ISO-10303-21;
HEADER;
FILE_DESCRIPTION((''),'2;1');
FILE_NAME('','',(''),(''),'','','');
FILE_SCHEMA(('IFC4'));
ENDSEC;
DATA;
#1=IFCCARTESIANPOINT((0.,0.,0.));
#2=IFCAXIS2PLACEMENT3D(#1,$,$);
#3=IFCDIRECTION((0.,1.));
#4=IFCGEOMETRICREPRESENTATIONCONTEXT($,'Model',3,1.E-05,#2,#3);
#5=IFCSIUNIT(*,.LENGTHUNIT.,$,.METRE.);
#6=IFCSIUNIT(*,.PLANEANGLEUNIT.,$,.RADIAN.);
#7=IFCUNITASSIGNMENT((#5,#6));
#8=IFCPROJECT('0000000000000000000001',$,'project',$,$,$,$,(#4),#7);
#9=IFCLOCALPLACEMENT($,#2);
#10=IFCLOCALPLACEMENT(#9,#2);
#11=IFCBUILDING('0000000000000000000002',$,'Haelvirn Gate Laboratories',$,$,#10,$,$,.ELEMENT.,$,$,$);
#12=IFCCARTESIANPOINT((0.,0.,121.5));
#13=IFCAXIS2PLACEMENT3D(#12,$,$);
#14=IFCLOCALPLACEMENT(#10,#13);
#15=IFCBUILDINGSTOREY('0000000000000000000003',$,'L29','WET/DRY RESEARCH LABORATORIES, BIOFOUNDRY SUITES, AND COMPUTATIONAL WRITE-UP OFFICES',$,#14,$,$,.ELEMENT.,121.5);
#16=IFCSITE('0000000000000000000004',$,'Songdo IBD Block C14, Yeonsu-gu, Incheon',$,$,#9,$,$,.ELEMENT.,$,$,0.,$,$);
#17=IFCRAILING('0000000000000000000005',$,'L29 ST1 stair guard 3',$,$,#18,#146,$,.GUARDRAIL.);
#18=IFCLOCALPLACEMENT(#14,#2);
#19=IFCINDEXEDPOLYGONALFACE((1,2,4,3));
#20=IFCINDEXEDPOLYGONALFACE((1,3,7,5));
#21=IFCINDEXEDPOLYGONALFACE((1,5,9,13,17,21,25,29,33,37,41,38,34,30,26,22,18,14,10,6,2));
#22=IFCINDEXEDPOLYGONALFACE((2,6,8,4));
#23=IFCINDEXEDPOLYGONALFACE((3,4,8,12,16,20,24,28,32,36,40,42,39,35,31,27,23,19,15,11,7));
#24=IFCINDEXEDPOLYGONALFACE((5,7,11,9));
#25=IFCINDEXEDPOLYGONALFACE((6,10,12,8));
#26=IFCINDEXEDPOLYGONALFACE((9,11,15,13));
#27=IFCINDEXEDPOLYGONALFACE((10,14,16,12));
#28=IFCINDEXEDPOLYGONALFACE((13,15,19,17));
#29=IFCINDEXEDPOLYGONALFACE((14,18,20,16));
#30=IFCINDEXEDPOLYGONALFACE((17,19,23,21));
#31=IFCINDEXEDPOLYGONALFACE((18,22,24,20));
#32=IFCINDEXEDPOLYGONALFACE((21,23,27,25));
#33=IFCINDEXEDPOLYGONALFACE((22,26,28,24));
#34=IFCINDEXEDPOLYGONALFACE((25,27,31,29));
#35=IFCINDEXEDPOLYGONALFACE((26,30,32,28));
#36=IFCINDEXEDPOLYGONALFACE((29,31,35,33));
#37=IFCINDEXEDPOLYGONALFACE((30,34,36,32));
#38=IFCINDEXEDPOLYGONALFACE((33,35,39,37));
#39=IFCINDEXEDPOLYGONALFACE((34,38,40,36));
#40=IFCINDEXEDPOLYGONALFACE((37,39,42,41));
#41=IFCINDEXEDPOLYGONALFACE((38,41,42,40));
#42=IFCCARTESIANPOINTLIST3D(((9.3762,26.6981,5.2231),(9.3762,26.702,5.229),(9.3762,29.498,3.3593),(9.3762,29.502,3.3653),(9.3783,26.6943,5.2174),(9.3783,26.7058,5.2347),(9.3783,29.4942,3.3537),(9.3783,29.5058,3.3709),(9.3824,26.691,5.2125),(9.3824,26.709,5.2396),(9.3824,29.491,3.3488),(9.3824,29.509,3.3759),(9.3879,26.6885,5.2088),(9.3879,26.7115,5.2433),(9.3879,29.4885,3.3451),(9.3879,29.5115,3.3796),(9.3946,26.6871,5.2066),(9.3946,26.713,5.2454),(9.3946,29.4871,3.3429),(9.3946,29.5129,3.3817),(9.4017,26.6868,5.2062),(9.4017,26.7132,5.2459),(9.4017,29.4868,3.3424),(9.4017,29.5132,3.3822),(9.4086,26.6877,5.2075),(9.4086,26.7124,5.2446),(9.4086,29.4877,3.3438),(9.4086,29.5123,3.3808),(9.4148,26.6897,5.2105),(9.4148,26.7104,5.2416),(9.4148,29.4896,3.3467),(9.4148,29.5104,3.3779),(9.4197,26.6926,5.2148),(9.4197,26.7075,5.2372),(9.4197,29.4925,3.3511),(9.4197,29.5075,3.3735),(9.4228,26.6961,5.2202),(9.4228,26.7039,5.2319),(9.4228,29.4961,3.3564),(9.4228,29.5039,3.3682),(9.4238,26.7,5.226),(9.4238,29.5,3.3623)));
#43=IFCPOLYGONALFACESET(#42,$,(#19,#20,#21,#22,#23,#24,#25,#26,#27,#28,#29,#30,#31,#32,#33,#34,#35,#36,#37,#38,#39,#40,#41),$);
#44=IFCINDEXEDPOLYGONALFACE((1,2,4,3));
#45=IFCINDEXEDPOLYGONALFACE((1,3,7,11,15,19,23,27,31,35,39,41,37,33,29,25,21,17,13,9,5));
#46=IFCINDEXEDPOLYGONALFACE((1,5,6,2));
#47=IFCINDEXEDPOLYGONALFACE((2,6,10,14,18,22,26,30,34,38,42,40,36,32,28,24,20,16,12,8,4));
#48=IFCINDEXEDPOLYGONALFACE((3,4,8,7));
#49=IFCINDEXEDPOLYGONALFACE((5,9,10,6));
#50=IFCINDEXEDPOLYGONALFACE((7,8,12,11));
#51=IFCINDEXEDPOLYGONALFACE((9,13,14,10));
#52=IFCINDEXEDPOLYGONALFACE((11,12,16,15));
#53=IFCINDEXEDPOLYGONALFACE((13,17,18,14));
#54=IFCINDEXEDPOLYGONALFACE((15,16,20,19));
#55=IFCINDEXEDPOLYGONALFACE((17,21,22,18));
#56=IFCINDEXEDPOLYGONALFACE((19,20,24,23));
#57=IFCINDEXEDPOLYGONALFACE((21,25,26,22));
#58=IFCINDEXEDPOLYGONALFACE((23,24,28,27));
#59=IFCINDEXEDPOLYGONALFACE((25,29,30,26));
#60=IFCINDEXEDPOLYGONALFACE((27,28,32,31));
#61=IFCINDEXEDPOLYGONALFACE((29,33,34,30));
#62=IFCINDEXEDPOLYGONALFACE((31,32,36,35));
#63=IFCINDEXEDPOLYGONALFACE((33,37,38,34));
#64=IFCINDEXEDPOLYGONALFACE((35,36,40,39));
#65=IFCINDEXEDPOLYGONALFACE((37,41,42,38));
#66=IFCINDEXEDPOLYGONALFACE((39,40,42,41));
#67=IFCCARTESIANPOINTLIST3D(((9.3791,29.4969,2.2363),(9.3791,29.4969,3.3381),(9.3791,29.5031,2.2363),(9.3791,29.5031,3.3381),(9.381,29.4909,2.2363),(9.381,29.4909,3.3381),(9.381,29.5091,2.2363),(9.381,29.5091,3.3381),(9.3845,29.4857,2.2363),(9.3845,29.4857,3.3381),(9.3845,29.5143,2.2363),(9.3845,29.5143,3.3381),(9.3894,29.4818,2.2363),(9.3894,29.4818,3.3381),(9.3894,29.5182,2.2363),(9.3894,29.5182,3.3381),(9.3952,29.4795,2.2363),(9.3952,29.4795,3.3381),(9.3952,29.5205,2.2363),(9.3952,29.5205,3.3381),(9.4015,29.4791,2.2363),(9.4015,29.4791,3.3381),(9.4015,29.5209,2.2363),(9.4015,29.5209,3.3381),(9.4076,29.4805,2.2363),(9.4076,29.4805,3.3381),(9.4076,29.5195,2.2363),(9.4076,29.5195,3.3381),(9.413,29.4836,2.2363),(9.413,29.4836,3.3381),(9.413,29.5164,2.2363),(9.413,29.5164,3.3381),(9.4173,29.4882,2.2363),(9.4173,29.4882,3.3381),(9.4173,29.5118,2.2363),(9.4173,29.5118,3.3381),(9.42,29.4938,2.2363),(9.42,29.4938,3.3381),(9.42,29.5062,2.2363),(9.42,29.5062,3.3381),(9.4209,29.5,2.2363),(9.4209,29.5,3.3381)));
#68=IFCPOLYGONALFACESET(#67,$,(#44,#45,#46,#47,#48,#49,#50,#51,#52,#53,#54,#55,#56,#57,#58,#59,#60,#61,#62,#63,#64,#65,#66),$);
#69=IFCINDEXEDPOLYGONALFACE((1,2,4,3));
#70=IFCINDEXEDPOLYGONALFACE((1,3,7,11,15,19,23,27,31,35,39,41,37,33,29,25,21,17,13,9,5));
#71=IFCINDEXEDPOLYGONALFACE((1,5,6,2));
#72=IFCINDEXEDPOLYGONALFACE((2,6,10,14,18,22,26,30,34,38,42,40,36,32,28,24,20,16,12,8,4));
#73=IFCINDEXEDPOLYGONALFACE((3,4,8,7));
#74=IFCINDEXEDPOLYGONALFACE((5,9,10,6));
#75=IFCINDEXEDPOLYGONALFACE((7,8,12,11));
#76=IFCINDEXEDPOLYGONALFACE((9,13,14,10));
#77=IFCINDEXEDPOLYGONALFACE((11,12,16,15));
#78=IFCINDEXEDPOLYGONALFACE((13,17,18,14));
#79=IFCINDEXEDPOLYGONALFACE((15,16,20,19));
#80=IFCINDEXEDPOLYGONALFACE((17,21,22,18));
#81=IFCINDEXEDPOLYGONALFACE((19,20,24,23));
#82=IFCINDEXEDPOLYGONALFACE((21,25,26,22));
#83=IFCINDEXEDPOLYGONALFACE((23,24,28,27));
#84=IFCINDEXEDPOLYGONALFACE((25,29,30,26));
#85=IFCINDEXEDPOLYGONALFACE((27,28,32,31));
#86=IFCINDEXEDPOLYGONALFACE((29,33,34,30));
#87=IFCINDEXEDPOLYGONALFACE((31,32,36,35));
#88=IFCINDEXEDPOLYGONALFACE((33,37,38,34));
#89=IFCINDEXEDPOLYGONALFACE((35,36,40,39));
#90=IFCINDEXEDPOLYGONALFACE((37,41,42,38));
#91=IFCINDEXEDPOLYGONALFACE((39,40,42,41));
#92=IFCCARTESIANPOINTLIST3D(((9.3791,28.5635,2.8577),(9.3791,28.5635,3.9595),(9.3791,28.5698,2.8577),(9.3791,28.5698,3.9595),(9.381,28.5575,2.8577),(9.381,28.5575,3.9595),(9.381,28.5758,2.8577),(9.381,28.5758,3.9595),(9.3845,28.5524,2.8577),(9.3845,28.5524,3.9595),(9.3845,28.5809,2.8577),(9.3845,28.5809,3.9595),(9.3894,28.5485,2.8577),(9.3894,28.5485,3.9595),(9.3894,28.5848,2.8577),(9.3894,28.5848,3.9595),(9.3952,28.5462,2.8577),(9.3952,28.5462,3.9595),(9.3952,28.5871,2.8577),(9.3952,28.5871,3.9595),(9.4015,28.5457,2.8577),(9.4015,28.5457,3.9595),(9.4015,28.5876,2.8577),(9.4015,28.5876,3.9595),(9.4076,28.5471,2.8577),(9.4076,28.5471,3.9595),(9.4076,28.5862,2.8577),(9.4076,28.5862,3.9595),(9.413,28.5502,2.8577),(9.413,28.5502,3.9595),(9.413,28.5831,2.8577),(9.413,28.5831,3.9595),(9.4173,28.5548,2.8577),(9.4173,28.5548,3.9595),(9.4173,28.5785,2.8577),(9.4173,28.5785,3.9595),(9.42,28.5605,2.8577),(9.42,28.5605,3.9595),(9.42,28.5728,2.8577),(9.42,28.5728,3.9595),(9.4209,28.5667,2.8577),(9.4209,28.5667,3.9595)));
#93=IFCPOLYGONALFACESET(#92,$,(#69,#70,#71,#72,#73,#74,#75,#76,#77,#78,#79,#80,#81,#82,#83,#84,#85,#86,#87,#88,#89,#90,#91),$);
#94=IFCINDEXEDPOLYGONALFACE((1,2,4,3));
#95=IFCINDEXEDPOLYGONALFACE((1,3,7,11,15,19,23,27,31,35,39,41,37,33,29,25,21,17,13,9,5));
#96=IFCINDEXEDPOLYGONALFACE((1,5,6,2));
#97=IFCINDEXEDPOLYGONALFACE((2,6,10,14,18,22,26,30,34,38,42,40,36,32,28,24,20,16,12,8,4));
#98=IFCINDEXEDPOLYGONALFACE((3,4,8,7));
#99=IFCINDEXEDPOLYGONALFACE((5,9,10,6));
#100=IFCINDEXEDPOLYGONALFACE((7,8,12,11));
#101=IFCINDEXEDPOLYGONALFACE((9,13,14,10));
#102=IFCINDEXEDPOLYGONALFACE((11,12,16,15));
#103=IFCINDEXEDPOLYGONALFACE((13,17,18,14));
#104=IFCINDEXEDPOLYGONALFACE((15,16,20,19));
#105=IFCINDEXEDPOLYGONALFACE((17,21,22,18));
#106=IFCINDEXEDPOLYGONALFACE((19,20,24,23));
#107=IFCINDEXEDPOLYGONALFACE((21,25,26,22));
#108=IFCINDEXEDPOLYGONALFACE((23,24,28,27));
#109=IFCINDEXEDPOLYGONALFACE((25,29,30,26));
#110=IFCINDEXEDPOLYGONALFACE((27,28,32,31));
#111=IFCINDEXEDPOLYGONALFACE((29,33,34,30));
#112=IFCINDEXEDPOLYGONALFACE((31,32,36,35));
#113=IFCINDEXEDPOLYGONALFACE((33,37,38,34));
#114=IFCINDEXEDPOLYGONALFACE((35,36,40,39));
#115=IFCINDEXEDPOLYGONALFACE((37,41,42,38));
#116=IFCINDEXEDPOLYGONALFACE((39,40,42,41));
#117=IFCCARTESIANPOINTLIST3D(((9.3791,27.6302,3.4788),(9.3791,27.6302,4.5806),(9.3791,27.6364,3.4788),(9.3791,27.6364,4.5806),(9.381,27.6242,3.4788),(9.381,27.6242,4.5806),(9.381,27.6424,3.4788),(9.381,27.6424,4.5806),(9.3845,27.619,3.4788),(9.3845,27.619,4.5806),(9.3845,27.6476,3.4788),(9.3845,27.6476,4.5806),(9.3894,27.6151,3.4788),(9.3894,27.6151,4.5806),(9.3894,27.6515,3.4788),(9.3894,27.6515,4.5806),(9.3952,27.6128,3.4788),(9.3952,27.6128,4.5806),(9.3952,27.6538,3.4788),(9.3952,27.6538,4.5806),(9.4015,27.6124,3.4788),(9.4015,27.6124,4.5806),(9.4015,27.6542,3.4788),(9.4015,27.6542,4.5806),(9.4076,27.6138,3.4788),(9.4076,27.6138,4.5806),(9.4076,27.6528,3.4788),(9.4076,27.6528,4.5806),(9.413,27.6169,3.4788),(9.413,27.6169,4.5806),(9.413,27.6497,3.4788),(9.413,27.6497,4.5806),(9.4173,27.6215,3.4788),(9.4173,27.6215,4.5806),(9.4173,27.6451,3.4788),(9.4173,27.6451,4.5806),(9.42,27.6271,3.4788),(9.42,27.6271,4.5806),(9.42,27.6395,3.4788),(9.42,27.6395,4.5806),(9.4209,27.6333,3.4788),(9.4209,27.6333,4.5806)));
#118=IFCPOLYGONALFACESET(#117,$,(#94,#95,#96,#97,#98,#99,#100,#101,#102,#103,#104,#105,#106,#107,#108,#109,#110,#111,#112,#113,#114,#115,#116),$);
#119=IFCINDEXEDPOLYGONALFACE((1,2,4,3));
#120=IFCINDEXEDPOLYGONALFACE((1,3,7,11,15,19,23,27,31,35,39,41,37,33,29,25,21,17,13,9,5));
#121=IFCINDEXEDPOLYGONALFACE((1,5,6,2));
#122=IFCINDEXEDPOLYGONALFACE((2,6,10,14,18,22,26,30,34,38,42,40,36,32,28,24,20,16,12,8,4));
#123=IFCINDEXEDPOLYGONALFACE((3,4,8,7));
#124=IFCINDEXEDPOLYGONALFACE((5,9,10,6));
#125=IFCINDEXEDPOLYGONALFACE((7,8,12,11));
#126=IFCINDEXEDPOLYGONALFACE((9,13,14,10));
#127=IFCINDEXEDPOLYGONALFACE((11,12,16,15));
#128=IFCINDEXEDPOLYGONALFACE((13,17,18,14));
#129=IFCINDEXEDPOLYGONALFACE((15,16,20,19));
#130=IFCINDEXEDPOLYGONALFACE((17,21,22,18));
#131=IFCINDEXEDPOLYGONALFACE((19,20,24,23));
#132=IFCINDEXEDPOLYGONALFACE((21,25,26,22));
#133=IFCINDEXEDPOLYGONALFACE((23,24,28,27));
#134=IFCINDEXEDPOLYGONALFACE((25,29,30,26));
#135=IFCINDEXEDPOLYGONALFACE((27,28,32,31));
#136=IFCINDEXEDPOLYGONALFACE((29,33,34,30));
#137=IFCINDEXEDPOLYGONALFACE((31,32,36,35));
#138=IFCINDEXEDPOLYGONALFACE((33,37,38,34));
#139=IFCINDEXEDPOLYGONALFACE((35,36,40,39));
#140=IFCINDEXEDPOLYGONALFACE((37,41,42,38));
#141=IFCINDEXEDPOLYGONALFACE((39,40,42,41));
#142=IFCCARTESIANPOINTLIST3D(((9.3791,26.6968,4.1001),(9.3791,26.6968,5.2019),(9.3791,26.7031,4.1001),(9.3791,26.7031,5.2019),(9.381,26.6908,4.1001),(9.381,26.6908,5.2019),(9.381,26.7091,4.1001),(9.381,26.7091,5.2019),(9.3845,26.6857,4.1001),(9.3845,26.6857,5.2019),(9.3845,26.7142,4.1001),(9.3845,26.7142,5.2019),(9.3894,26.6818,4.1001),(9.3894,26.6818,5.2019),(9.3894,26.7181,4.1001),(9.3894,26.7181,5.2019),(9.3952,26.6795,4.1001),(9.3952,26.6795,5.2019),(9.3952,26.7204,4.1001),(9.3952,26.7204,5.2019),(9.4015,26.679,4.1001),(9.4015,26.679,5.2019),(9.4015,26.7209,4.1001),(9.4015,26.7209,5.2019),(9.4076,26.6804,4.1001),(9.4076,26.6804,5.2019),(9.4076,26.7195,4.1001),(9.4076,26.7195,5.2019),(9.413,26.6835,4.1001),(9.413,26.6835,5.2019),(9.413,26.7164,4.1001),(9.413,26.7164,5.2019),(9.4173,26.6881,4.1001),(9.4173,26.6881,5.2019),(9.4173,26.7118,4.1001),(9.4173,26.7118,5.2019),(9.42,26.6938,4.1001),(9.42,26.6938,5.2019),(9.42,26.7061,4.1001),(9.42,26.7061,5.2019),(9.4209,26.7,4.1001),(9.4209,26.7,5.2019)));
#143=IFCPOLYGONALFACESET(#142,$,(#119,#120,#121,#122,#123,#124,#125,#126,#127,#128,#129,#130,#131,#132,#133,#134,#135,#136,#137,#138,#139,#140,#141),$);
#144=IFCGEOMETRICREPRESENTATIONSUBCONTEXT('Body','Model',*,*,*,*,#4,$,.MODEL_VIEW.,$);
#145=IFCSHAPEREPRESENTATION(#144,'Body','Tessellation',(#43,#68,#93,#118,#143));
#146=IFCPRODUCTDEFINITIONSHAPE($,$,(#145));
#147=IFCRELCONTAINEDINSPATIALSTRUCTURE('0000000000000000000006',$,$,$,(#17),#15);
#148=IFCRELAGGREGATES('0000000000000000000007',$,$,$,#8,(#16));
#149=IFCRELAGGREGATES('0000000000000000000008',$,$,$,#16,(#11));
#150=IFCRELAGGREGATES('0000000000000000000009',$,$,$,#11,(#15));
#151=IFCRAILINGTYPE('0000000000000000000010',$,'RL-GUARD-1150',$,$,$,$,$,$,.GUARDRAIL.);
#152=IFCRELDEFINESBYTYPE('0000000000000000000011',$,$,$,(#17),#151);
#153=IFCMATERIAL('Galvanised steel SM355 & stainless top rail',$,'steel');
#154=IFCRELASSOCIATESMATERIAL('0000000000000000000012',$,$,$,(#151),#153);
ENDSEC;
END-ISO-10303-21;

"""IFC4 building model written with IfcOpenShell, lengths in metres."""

from ifc_helpers import new_model, si_unit, direction, frame, origin, origin_2d, place, context, subcontext, project, spatial, circle, extrude, source, transform, mapped, material, type_object, element, save


model = new_model("IFC4")

# Units and contexts
model_context = context("Model", 3, precision=1e-05, world=origin(), true_north=direction((0.0, 1.0)))
body_context = subcontext(model_context, "Body", "Model", "MODEL_VIEW")
ifc_project = project(units=[si_unit("LENGTHUNIT", "METRE"), si_unit("PLANEANGLEUNIT", "RADIAN")], contexts=[model_context])

# Site, building, storey
site_placement = place(None, origin())
site = spatial("IfcSite", under=ifc_project, at=site_placement, Name="Songdo IBD Block C14, Yeonsu-gu, Incheon", CompositionType="ELEMENT", RefElevation=0.0)
building_placement = place(site_placement, origin())
building = spatial("IfcBuilding", under=site, at=building_placement, Name="Haelvirn Gate Laboratories", CompositionType="ELEMENT")
storey_placement = place(building_placement, frame((0.0, 0.0, 121.5)))
storey = spatial("IfcBuildingStorey", under=building, at=storey_placement, Name="L29", Description="WET/DRY RESEARCH LABORATORIES, BIOFOUNDRY SUITES, AND COMPUTATIONAL WRITE-UP OFFICES", CompositionType="ELEMENT", Elevation=121.5)

# Railing
ifc_material_1 = material(Name="Galvanised steel SM355 & stainless top rail", Category="steel")
railing_type_1 = type_object("IfcRailingType", Name="RL-GUARD-1150", PredefinedType="GUARDRAIL", material=ifc_material_1)
shared_shape_1 = source(origin(), body_context, "Body", "SweptSolid", [
    extrude(circle(Radius=0.0239, at=origin_2d()), frame((0.0, 0.0, 1.126), z_axis=(0.0, -0.832452, 0.554097), x_axis=(1.0, 0.0, 0.0)), (0.0, 0.0, 1.0), 3.3635),
    extrude(circle(Radius=0.021, at=origin_2d()), origin(), (0.0, 0.0, 1.0), 1.1018),
    extrude(circle(Radius=0.021, at=origin_2d()), frame((0.0, -0.9333, 0.6213)), (0.0, 0.0, 1.0), 1.1018),
    extrude(circle(Radius=0.021, at=origin_2d()), frame((0.0, -1.8667, 1.2424)), (0.0, 0.0, 1.0), 1.1018),
    extrude(circle(Radius=0.021, at=origin_2d()), frame((0.0, -2.8, 1.8638)), (0.0, 0.0, 1.0), 1.1018),
])
railing_1_placement = place(storey_placement, frame((9.3999, 29.5, 2.2363)))
element("IfcRailing", 1, at=railing_1_placement, inside=storey, type_object=railing_type_1, Name="L29 ST1 stair guard 3", PredefinedType="GUARDRAIL", context=body_context, shape_type="MappedRepresentation", body=[
    mapped(shared_shape_1, transform((0.0, 0.0, 0.0), scale=1.0)),
])

save(model, "model.ifc")
